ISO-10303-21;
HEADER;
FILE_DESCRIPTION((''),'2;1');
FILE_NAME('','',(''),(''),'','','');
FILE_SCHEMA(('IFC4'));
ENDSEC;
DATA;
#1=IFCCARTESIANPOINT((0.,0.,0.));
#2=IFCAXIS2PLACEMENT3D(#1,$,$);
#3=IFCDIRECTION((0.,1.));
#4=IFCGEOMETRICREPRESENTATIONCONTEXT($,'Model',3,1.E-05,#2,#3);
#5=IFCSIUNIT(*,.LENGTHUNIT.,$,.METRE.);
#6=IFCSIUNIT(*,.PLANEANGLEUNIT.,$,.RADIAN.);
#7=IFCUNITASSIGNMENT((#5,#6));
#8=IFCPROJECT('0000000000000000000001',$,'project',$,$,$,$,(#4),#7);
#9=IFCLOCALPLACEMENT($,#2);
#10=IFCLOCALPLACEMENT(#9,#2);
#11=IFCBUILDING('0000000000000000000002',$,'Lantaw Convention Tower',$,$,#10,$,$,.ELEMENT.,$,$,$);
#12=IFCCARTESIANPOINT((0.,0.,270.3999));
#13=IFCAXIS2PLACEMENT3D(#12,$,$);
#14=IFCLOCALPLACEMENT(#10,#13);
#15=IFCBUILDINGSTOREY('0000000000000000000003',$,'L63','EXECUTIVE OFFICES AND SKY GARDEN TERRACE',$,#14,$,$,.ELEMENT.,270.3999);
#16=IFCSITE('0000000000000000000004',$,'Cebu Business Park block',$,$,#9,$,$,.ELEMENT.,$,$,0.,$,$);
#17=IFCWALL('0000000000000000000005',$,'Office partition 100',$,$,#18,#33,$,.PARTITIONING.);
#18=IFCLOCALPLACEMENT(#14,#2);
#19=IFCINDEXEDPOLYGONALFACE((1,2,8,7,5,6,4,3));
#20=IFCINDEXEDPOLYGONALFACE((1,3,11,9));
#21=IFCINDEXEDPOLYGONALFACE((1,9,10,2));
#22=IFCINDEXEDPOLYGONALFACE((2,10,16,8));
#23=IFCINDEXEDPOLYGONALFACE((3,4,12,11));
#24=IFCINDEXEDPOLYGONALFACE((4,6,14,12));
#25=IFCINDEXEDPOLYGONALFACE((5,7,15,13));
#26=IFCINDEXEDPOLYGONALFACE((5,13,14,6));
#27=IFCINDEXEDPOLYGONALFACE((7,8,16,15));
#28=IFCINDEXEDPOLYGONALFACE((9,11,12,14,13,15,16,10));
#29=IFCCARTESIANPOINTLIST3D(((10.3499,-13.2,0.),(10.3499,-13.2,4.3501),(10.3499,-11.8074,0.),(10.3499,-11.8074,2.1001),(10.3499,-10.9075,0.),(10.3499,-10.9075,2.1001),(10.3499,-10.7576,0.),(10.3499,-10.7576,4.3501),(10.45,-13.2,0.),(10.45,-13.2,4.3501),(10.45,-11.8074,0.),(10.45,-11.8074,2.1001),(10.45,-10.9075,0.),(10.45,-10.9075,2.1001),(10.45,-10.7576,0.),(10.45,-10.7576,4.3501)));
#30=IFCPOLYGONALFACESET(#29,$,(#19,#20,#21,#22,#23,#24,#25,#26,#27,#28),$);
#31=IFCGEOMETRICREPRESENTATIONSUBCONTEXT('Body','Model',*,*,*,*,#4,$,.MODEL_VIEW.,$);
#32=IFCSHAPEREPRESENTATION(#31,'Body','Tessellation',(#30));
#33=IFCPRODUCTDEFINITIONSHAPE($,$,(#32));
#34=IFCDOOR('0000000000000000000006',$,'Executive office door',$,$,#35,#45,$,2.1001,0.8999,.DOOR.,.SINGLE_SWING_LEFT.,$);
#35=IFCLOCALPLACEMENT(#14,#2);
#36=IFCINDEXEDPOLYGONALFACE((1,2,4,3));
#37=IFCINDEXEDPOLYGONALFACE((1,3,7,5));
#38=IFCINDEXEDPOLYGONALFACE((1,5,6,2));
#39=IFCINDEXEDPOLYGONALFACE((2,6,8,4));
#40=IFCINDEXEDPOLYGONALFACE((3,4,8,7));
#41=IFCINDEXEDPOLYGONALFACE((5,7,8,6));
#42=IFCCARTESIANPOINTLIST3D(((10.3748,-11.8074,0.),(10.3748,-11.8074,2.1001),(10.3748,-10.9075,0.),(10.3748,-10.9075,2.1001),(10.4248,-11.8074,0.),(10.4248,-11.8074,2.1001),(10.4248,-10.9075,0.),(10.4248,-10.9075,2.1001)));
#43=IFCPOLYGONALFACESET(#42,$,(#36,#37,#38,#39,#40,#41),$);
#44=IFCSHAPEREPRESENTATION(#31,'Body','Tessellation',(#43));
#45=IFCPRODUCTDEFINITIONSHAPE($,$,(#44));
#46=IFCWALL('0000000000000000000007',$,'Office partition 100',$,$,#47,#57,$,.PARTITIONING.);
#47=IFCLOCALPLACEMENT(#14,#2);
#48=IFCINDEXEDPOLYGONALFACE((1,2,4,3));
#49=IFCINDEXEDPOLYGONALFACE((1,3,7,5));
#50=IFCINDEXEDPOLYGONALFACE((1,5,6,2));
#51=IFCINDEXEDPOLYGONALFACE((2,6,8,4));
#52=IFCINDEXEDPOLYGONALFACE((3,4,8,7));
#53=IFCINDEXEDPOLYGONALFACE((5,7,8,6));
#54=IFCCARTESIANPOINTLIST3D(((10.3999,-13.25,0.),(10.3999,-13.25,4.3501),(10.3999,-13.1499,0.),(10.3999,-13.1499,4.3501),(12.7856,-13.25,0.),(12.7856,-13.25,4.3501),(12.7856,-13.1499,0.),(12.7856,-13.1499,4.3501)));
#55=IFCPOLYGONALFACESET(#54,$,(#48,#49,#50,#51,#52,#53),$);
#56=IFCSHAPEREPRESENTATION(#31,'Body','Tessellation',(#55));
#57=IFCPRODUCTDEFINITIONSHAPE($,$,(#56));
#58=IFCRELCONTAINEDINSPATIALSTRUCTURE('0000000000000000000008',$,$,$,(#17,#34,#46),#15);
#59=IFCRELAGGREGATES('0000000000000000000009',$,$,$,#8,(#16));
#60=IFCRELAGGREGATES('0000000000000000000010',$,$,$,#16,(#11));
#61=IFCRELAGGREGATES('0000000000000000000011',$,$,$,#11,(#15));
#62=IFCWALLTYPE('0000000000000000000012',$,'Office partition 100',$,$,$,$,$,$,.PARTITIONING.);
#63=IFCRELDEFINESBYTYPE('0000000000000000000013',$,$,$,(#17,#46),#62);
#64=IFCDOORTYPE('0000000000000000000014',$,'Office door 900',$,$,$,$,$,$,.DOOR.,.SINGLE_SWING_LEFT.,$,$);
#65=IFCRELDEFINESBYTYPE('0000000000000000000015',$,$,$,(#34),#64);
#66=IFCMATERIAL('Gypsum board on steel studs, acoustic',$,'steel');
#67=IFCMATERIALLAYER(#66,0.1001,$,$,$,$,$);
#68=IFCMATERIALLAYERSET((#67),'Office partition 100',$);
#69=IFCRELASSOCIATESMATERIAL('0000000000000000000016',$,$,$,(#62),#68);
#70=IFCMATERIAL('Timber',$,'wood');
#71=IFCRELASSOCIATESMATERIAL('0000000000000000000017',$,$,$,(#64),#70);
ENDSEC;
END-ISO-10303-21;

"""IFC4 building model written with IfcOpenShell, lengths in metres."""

from ifc_helpers import new_model, si_unit, direction, frame, frame_2d, origin, place, context, subcontext, project, spatial, rectangle, extrude, material, layer, layer_set, type_object, element, fill, save


model = new_model("IFC4")

# Units and contexts
model_context = context("Model", 3, precision=1e-05, world=origin(), true_north=direction((0.0, 1.0)))
body_context = subcontext(model_context, "Body", "Model", "MODEL_VIEW")
ifc_project = project(units=[si_unit("LENGTHUNIT", "METRE"), si_unit("PLANEANGLEUNIT", "RADIAN")], contexts=[model_context])

# Site, building, storey
site_placement = place(None, origin())
site = spatial("IfcSite", under=ifc_project, at=site_placement, Name="Cebu Business Park block", CompositionType="ELEMENT", RefElevation=0.0)
building_placement = place(site_placement, origin())
building = spatial("IfcBuilding", under=site, at=building_placement, Name="Lantaw Convention Tower", CompositionType="ELEMENT")
storey_placement = place(building_placement, frame((0.0, 0.0, 270.3999)))
storey = spatial("IfcBuildingStorey", under=building, at=storey_placement, Name="L63", Description="EXECUTIVE OFFICES AND SKY GARDEN TERRACE", CompositionType="ELEMENT", Elevation=270.3999)

# Wall, opening, door
ifc_material_1 = material(Name="Gypsum board on steel studs, acoustic", Category="steel")
ifc_layer_1 = layer(ifc_material_1, 0.1001)
ifc_layer_set_1 = layer_set([ifc_layer_1], Name="Office partition 100")
wall_type_1 = type_object("IfcWallType", Name="Office partition 100", PredefinedType="PARTITIONING", material=ifc_layer_set_1)
wall_1_placement = place(storey_placement, frame((10.3999, -10.7576, 0.0), z_axis=(0.0, 0.0, 1.0), x_axis=(0.0, -1.0, 0.0)))
wall_1 = element("IfcWall", 1, at=wall_1_placement, inside=storey, type_object=wall_type_1, Name="Office partition 100", PredefinedType="PARTITIONING", context=body_context, shape_type="SweptSolid", body=[
    extrude(rectangle(XDim=2.4424, YDim=0.1001, at=frame_2d((1.2212, 0.0))), origin(), (0.0, 0.0, 1.0), 4.3501),
])
opening_1_placement = place(wall_1_placement, frame((0.1499, 0.0, 0.0)))
opening_1 = element("IfcOpeningElement", 2, at=opening_1_placement, cuts=wall_1, PredefinedType="OPENING", context=body_context, shape_type="SweptSolid", body=[
    extrude(rectangle(XDim=0.8999, YDim=2.1001, at=frame_2d((0.45, 1.05))), frame((0.0, 0.0601, 0.0), z_axis=(0.0, -1.0, 0.0), x_axis=(1.0, 0.0, 0.0)), (0.0, 0.0, 1.0), 0.1201),
])
ifc_material_2 = material(Name="Timber", Category="wood")
door_type_1 = type_object("IfcDoorType", Name="Office door 900", OperationType="SINGLE_SWING_LEFT", PredefinedType="DOOR", material=ifc_material_2)
door_1_placement = place(opening_1_placement, origin())
door_1 = element("IfcDoor", 3, at=door_1_placement, inside=storey, type_object=door_type_1, Name="Executive office door", OperationType="SINGLE_SWING_LEFT", OverallHeight=2.1001, OverallWidth=0.8999, PredefinedType="DOOR", context=body_context, shape_type="SweptSolid", body=[
    extrude(rectangle(XDim=0.8999, YDim=2.1001, at=frame_2d((0.45, 1.05))), frame((0.0, 0.0249, 0.0), z_axis=(0.0, -1.0, 0.0), x_axis=(1.0, 0.0, 0.0)), (0.0, 0.0, 1.0), 0.05),
])
fill(opening_1, door_1)

# Wall
wall_2_placement = place(storey_placement, frame((10.3999, -13.2, 0.0), z_axis=(0.0, 0.0, 1.0), x_axis=(1.0, 0.0, 0.0)))
element("IfcWall", 4, at=wall_2_placement, inside=storey, type_object=wall_type_1, Name="Office partition 100", PredefinedType="PARTITIONING", context=body_context, shape_type="SweptSolid", body=[
    extrude(rectangle(XDim=2.3857, YDim=0.1001, at=frame_2d((1.1929, 0.0))), origin(), (0.0, 0.0, 1.0), 4.3501),
])

save(model, "model.ifc")
